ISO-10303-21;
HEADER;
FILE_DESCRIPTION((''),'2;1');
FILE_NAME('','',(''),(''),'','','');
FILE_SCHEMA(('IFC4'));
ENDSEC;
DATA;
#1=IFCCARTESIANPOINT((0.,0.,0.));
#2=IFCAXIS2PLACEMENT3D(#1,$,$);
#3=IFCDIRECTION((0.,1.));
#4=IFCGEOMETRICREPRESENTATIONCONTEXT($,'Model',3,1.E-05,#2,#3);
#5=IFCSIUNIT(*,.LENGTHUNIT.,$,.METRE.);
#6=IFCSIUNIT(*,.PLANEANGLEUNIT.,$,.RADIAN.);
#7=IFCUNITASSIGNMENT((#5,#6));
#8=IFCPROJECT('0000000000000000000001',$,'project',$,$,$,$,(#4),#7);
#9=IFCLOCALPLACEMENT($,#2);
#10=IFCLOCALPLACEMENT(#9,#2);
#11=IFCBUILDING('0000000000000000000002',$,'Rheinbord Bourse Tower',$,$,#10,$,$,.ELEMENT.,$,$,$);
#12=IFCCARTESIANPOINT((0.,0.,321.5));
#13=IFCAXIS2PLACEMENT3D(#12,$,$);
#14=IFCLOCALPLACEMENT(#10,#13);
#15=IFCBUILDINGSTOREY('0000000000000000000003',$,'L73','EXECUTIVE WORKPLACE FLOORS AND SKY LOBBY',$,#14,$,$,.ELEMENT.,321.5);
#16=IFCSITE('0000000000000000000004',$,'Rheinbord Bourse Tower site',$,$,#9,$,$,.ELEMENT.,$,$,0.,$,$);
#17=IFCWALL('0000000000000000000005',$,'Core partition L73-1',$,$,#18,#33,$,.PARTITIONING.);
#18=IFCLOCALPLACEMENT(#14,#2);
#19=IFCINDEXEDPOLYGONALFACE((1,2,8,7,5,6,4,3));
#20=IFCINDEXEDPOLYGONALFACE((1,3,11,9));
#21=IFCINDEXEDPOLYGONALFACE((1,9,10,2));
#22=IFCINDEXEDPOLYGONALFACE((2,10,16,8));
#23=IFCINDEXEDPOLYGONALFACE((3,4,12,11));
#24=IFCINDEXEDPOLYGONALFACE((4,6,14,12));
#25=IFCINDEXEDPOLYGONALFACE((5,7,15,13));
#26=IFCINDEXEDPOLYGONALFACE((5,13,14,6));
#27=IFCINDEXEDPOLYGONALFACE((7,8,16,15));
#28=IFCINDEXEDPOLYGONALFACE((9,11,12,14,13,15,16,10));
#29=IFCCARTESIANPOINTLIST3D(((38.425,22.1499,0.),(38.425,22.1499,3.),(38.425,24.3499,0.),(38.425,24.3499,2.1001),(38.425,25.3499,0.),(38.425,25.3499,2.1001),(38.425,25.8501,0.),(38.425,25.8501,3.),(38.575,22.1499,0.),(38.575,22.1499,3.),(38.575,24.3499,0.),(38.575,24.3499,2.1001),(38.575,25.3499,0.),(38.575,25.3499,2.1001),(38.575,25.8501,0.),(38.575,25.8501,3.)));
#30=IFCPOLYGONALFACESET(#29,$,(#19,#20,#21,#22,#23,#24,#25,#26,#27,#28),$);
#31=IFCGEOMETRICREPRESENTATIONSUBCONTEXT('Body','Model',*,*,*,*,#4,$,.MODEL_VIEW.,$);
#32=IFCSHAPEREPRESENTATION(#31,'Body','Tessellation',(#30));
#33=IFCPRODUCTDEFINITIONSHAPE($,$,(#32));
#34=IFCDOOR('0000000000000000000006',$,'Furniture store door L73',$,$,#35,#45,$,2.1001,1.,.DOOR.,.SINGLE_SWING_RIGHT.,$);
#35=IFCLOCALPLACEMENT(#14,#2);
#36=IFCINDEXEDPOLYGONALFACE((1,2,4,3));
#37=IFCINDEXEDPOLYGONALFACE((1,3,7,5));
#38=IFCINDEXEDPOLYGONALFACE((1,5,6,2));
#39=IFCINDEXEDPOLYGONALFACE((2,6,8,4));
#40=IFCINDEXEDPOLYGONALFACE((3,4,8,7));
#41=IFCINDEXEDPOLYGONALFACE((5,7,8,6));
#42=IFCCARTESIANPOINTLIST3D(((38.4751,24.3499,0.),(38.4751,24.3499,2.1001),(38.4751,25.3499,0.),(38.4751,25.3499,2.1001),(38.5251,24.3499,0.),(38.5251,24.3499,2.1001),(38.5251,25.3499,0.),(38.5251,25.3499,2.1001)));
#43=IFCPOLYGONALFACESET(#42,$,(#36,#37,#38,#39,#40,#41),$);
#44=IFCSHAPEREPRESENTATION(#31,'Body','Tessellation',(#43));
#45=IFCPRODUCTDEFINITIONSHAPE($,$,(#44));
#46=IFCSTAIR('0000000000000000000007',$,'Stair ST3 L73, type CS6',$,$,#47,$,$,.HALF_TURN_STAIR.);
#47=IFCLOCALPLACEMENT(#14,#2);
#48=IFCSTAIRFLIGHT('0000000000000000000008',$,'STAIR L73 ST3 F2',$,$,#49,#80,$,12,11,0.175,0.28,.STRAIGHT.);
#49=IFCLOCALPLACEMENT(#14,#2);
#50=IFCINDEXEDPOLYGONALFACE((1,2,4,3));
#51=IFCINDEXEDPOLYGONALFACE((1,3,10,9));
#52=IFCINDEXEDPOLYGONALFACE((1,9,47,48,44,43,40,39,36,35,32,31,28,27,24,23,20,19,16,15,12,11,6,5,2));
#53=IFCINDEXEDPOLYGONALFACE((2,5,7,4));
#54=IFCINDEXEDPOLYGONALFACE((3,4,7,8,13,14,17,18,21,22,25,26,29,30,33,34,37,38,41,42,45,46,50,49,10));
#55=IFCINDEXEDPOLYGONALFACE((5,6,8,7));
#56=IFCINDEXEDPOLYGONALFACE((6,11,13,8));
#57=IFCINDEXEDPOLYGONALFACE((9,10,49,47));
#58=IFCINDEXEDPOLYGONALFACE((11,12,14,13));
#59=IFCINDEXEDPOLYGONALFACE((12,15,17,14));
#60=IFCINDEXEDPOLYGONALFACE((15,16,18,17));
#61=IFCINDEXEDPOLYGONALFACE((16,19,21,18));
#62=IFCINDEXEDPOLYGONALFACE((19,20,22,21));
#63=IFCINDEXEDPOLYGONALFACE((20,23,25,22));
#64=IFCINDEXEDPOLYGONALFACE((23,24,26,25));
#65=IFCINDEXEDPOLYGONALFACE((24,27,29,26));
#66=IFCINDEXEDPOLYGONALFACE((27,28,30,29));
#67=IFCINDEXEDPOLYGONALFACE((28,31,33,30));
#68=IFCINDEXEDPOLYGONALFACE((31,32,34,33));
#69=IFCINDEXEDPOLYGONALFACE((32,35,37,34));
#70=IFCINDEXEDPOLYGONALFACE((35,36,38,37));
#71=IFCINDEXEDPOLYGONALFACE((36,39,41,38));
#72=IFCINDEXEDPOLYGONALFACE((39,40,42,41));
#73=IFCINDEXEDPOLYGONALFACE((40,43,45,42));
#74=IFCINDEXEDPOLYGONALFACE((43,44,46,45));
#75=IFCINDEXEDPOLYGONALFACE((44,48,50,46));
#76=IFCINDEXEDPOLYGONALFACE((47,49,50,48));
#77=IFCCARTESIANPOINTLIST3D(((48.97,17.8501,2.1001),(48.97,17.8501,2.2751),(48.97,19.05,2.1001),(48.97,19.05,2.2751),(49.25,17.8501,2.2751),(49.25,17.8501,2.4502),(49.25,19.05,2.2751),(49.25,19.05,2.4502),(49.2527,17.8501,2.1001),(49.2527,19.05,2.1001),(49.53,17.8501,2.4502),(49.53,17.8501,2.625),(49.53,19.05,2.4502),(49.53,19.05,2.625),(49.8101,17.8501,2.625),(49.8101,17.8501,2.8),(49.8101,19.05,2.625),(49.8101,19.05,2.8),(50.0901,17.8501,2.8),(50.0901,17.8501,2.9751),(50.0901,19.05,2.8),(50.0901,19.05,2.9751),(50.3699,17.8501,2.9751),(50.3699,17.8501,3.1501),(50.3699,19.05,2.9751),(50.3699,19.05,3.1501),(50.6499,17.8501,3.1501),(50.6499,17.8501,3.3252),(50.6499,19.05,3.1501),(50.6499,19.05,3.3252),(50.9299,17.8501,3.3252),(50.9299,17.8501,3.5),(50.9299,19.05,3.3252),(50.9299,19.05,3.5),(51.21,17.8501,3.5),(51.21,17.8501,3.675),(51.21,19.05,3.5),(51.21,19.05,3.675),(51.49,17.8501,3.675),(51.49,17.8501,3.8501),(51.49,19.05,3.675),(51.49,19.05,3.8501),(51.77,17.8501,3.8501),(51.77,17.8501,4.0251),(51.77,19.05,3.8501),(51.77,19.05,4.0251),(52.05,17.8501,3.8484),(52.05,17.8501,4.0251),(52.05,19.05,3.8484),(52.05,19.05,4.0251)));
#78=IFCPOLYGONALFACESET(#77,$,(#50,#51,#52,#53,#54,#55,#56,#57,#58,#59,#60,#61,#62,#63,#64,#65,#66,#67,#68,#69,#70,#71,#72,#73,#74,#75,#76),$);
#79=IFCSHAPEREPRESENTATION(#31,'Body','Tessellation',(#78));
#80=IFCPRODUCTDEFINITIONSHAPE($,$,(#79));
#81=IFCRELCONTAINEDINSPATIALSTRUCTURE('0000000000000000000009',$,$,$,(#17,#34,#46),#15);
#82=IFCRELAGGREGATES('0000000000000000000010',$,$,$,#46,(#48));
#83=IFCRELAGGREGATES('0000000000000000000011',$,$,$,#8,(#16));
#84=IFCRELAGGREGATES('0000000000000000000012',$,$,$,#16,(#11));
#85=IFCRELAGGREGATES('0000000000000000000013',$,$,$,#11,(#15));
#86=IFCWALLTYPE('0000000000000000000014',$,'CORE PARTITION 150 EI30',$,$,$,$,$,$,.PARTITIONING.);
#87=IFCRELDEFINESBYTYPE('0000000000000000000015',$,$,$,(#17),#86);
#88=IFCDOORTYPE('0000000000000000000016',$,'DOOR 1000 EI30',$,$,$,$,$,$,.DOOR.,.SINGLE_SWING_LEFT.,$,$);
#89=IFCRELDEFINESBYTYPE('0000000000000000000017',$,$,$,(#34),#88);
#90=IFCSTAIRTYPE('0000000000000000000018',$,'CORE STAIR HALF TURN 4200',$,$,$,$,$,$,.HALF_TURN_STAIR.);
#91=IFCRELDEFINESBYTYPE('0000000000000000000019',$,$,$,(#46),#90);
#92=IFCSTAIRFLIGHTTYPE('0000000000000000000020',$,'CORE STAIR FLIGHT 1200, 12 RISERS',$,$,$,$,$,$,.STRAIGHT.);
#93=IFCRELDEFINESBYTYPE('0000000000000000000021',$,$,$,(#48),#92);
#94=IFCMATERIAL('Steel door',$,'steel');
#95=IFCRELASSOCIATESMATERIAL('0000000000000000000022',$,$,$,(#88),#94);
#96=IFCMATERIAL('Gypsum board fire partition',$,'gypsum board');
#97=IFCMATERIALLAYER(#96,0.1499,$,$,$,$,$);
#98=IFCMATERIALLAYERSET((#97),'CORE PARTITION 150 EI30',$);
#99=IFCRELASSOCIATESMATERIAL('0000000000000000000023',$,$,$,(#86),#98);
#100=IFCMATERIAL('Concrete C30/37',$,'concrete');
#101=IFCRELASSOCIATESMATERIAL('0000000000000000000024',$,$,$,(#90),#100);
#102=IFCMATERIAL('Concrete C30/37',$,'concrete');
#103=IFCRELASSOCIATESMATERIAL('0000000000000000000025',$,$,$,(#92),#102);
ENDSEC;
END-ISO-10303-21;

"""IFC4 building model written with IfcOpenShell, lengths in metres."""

from ifc_helpers import new_model, si_unit, direction, frame, frame_2d, origin, place, context, subcontext, project, spatial, polyline, rectangle, outline, extrude, material, layer, layer_set, type_object, element, fill, aggregate, save


model = new_model("IFC4")

# Units and contexts
model_context = context("Model", 3, precision=1e-05, world=origin(), true_north=direction((0.0, 1.0)))
body_context = subcontext(model_context, "Body", "Model", "MODEL_VIEW")
ifc_project = project(units=[si_unit("LENGTHUNIT", "METRE"), si_unit("PLANEANGLEUNIT", "RADIAN")], contexts=[model_context])

# Site, building, storey
site_placement = place(None, origin())
site = spatial("IfcSite", under=ifc_project, at=site_placement, Name="Rheinbord Bourse Tower site", CompositionType="ELEMENT", RefElevation=0.0)
building_placement = place(site_placement, origin())
building = spatial("IfcBuilding", under=site, at=building_placement, Name="Rheinbord Bourse Tower", CompositionType="ELEMENT")
storey_placement = place(building_placement, frame((0.0, 0.0, 321.5)))
storey = spatial("IfcBuildingStorey", under=building, at=storey_placement, Name="L73", Description="EXECUTIVE WORKPLACE FLOORS AND SKY LOBBY", CompositionType="ELEMENT", Elevation=321.5)

# Shared definitions
ifc_material_1 = material(Name="Steel door", Category="steel")
door_type_1 = type_object("IfcDoorType", Name="DOOR 1000 EI30", OperationType="SINGLE_SWING_LEFT", PredefinedType="DOOR", material=ifc_material_1)

# Wall, opening, door
ifc_material_2 = material(Name="Gypsum board fire partition", Category="gypsum board")
ifc_layer_1 = layer(ifc_material_2, 0.1499)
ifc_layer_set_1 = layer_set([ifc_layer_1], Name="CORE PARTITION 150 EI30")
wall_type_1 = type_object("IfcWallType", Name="CORE PARTITION 150 EI30", PredefinedType="PARTITIONING", material=ifc_layer_set_1)
wall_1_placement = place(storey_placement, frame((38.5, 22.1499, 0.0), z_axis=(0.0, 0.0, 1.0), x_axis=(0.0, 1.0, 0.0)))
wall_1 = element("IfcWall", 1, at=wall_1_placement, inside=storey, type_object=wall_type_1, Name="Core partition L73-1", PredefinedType="PARTITIONING", context=body_context, shape_type="SweptSolid", body=[
    extrude(rectangle(XDim=3.7002, YDim=0.1499, at=frame_2d((1.8501, 0.0))), origin(), (0.0, 0.0, 1.0), 3.0),
])
opening_1_placement = place(wall_1_placement, frame((2.2, 0.0, 0.0)))
opening_1 = element("IfcOpeningElement", 2, at=opening_1_placement, cuts=wall_1, PredefinedType="OPENING", context=body_context, shape_type="SweptSolid", body=[
    extrude(rectangle(XDim=1.0, YDim=2.1001, at=frame_2d((0.5, 1.05))), frame((0.0, 0.085, 0.0), z_axis=(0.0, -1.0, 0.0), x_axis=(1.0, 0.0, 0.0)), (0.0, 0.0, 1.0), 0.1699),
])
door_1_placement = place(opening_1_placement, origin())
door_1 = element("IfcDoor", 3, at=door_1_placement, inside=storey, type_object=door_type_1, Name="Furniture store door L73", OperationType="SINGLE_SWING_RIGHT", OverallHeight=2.1001, OverallWidth=1.0, PredefinedType="DOOR", context=body_context, shape_type="SweptSolid", body=[
    extrude(rectangle(XDim=1.0, YDim=2.1001, at=frame_2d((0.5, 1.05))), frame((0.0, 0.0249, 0.0), z_axis=(0.0, -1.0, 0.0), x_axis=(1.0, 0.0, 0.0)), (0.0, 0.0, 1.0), 0.05),
])
fill(opening_1, door_1)

# Stair, stair flight
ifc_material_3 = material(Name="Concrete C30/37", Category="concrete")
stair_type = type_object("IfcStairType", Name="CORE STAIR HALF TURN 4200", PredefinedType="HALF_TURN_STAIR", material=ifc_material_3)
stair_placement = place(storey_placement, origin())
stair = element("IfcStair", 4, at=stair_placement, inside=storey, type_object=stair_type, Name="Stair ST3 L73, type CS6", PredefinedType="HALF_TURN_STAIR")
ifc_material_4 = material(Name="Concrete C30/37", Category="concrete")
stair_flight_type = type_object("IfcStairFlightType", Name="CORE STAIR FLIGHT 1200, 12 RISERS", PredefinedType="STRAIGHT", material=ifc_material_4)
stair_flight_placement = place(storey_placement, frame((48.97, 18.45, 2.1001), z_axis=(0.0, 0.0, 1.0), x_axis=(1.0, 0.0, 0.0)))
stair_flight = element("IfcStairFlight", 5, at=stair_flight_placement, type_object=stair_flight_type, Name="STAIR L73 ST3 F2", NumberOfRisers=12, NumberOfTreads=11, PredefinedType="STRAIGHT", RiserHeight=0.175, TreadLength=0.28, context=body_context, shape_type="SweptSolid", body=[
    extrude(outline(polyline([(0.0, 0.0), (0.0, 0.175), (0.28, 0.175), (0.28, 0.3501), (0.5601, 0.3501), (0.5601, 0.5249), (0.8401, 0.5249), (0.8401, 0.7), (1.1201, 0.7), (1.1201, 0.875), (1.3999, 0.875), (1.3999, 1.05), (1.6799, 1.05), (1.6799, 1.2251), (1.96, 1.2251), (1.96, 1.3999), (2.24, 1.3999), (2.24, 1.575), (2.52, 1.575), (2.52, 1.75), (2.8, 1.75), (2.8, 1.925), (3.0801, 1.925), (3.0801, 2.1001), (3.0801, 1.7483), (0.2827, 0.0), (0.0, 0.0)])), frame((0.0, 0.6001, 0.0), z_axis=(0.0, -1.0, 0.0), x_axis=(1.0, 0.0, 0.0)), (0.0, 0.0, 1.0), 1.2),
])
aggregate(stair, [stair_flight])

save(model, "model.ifc")
